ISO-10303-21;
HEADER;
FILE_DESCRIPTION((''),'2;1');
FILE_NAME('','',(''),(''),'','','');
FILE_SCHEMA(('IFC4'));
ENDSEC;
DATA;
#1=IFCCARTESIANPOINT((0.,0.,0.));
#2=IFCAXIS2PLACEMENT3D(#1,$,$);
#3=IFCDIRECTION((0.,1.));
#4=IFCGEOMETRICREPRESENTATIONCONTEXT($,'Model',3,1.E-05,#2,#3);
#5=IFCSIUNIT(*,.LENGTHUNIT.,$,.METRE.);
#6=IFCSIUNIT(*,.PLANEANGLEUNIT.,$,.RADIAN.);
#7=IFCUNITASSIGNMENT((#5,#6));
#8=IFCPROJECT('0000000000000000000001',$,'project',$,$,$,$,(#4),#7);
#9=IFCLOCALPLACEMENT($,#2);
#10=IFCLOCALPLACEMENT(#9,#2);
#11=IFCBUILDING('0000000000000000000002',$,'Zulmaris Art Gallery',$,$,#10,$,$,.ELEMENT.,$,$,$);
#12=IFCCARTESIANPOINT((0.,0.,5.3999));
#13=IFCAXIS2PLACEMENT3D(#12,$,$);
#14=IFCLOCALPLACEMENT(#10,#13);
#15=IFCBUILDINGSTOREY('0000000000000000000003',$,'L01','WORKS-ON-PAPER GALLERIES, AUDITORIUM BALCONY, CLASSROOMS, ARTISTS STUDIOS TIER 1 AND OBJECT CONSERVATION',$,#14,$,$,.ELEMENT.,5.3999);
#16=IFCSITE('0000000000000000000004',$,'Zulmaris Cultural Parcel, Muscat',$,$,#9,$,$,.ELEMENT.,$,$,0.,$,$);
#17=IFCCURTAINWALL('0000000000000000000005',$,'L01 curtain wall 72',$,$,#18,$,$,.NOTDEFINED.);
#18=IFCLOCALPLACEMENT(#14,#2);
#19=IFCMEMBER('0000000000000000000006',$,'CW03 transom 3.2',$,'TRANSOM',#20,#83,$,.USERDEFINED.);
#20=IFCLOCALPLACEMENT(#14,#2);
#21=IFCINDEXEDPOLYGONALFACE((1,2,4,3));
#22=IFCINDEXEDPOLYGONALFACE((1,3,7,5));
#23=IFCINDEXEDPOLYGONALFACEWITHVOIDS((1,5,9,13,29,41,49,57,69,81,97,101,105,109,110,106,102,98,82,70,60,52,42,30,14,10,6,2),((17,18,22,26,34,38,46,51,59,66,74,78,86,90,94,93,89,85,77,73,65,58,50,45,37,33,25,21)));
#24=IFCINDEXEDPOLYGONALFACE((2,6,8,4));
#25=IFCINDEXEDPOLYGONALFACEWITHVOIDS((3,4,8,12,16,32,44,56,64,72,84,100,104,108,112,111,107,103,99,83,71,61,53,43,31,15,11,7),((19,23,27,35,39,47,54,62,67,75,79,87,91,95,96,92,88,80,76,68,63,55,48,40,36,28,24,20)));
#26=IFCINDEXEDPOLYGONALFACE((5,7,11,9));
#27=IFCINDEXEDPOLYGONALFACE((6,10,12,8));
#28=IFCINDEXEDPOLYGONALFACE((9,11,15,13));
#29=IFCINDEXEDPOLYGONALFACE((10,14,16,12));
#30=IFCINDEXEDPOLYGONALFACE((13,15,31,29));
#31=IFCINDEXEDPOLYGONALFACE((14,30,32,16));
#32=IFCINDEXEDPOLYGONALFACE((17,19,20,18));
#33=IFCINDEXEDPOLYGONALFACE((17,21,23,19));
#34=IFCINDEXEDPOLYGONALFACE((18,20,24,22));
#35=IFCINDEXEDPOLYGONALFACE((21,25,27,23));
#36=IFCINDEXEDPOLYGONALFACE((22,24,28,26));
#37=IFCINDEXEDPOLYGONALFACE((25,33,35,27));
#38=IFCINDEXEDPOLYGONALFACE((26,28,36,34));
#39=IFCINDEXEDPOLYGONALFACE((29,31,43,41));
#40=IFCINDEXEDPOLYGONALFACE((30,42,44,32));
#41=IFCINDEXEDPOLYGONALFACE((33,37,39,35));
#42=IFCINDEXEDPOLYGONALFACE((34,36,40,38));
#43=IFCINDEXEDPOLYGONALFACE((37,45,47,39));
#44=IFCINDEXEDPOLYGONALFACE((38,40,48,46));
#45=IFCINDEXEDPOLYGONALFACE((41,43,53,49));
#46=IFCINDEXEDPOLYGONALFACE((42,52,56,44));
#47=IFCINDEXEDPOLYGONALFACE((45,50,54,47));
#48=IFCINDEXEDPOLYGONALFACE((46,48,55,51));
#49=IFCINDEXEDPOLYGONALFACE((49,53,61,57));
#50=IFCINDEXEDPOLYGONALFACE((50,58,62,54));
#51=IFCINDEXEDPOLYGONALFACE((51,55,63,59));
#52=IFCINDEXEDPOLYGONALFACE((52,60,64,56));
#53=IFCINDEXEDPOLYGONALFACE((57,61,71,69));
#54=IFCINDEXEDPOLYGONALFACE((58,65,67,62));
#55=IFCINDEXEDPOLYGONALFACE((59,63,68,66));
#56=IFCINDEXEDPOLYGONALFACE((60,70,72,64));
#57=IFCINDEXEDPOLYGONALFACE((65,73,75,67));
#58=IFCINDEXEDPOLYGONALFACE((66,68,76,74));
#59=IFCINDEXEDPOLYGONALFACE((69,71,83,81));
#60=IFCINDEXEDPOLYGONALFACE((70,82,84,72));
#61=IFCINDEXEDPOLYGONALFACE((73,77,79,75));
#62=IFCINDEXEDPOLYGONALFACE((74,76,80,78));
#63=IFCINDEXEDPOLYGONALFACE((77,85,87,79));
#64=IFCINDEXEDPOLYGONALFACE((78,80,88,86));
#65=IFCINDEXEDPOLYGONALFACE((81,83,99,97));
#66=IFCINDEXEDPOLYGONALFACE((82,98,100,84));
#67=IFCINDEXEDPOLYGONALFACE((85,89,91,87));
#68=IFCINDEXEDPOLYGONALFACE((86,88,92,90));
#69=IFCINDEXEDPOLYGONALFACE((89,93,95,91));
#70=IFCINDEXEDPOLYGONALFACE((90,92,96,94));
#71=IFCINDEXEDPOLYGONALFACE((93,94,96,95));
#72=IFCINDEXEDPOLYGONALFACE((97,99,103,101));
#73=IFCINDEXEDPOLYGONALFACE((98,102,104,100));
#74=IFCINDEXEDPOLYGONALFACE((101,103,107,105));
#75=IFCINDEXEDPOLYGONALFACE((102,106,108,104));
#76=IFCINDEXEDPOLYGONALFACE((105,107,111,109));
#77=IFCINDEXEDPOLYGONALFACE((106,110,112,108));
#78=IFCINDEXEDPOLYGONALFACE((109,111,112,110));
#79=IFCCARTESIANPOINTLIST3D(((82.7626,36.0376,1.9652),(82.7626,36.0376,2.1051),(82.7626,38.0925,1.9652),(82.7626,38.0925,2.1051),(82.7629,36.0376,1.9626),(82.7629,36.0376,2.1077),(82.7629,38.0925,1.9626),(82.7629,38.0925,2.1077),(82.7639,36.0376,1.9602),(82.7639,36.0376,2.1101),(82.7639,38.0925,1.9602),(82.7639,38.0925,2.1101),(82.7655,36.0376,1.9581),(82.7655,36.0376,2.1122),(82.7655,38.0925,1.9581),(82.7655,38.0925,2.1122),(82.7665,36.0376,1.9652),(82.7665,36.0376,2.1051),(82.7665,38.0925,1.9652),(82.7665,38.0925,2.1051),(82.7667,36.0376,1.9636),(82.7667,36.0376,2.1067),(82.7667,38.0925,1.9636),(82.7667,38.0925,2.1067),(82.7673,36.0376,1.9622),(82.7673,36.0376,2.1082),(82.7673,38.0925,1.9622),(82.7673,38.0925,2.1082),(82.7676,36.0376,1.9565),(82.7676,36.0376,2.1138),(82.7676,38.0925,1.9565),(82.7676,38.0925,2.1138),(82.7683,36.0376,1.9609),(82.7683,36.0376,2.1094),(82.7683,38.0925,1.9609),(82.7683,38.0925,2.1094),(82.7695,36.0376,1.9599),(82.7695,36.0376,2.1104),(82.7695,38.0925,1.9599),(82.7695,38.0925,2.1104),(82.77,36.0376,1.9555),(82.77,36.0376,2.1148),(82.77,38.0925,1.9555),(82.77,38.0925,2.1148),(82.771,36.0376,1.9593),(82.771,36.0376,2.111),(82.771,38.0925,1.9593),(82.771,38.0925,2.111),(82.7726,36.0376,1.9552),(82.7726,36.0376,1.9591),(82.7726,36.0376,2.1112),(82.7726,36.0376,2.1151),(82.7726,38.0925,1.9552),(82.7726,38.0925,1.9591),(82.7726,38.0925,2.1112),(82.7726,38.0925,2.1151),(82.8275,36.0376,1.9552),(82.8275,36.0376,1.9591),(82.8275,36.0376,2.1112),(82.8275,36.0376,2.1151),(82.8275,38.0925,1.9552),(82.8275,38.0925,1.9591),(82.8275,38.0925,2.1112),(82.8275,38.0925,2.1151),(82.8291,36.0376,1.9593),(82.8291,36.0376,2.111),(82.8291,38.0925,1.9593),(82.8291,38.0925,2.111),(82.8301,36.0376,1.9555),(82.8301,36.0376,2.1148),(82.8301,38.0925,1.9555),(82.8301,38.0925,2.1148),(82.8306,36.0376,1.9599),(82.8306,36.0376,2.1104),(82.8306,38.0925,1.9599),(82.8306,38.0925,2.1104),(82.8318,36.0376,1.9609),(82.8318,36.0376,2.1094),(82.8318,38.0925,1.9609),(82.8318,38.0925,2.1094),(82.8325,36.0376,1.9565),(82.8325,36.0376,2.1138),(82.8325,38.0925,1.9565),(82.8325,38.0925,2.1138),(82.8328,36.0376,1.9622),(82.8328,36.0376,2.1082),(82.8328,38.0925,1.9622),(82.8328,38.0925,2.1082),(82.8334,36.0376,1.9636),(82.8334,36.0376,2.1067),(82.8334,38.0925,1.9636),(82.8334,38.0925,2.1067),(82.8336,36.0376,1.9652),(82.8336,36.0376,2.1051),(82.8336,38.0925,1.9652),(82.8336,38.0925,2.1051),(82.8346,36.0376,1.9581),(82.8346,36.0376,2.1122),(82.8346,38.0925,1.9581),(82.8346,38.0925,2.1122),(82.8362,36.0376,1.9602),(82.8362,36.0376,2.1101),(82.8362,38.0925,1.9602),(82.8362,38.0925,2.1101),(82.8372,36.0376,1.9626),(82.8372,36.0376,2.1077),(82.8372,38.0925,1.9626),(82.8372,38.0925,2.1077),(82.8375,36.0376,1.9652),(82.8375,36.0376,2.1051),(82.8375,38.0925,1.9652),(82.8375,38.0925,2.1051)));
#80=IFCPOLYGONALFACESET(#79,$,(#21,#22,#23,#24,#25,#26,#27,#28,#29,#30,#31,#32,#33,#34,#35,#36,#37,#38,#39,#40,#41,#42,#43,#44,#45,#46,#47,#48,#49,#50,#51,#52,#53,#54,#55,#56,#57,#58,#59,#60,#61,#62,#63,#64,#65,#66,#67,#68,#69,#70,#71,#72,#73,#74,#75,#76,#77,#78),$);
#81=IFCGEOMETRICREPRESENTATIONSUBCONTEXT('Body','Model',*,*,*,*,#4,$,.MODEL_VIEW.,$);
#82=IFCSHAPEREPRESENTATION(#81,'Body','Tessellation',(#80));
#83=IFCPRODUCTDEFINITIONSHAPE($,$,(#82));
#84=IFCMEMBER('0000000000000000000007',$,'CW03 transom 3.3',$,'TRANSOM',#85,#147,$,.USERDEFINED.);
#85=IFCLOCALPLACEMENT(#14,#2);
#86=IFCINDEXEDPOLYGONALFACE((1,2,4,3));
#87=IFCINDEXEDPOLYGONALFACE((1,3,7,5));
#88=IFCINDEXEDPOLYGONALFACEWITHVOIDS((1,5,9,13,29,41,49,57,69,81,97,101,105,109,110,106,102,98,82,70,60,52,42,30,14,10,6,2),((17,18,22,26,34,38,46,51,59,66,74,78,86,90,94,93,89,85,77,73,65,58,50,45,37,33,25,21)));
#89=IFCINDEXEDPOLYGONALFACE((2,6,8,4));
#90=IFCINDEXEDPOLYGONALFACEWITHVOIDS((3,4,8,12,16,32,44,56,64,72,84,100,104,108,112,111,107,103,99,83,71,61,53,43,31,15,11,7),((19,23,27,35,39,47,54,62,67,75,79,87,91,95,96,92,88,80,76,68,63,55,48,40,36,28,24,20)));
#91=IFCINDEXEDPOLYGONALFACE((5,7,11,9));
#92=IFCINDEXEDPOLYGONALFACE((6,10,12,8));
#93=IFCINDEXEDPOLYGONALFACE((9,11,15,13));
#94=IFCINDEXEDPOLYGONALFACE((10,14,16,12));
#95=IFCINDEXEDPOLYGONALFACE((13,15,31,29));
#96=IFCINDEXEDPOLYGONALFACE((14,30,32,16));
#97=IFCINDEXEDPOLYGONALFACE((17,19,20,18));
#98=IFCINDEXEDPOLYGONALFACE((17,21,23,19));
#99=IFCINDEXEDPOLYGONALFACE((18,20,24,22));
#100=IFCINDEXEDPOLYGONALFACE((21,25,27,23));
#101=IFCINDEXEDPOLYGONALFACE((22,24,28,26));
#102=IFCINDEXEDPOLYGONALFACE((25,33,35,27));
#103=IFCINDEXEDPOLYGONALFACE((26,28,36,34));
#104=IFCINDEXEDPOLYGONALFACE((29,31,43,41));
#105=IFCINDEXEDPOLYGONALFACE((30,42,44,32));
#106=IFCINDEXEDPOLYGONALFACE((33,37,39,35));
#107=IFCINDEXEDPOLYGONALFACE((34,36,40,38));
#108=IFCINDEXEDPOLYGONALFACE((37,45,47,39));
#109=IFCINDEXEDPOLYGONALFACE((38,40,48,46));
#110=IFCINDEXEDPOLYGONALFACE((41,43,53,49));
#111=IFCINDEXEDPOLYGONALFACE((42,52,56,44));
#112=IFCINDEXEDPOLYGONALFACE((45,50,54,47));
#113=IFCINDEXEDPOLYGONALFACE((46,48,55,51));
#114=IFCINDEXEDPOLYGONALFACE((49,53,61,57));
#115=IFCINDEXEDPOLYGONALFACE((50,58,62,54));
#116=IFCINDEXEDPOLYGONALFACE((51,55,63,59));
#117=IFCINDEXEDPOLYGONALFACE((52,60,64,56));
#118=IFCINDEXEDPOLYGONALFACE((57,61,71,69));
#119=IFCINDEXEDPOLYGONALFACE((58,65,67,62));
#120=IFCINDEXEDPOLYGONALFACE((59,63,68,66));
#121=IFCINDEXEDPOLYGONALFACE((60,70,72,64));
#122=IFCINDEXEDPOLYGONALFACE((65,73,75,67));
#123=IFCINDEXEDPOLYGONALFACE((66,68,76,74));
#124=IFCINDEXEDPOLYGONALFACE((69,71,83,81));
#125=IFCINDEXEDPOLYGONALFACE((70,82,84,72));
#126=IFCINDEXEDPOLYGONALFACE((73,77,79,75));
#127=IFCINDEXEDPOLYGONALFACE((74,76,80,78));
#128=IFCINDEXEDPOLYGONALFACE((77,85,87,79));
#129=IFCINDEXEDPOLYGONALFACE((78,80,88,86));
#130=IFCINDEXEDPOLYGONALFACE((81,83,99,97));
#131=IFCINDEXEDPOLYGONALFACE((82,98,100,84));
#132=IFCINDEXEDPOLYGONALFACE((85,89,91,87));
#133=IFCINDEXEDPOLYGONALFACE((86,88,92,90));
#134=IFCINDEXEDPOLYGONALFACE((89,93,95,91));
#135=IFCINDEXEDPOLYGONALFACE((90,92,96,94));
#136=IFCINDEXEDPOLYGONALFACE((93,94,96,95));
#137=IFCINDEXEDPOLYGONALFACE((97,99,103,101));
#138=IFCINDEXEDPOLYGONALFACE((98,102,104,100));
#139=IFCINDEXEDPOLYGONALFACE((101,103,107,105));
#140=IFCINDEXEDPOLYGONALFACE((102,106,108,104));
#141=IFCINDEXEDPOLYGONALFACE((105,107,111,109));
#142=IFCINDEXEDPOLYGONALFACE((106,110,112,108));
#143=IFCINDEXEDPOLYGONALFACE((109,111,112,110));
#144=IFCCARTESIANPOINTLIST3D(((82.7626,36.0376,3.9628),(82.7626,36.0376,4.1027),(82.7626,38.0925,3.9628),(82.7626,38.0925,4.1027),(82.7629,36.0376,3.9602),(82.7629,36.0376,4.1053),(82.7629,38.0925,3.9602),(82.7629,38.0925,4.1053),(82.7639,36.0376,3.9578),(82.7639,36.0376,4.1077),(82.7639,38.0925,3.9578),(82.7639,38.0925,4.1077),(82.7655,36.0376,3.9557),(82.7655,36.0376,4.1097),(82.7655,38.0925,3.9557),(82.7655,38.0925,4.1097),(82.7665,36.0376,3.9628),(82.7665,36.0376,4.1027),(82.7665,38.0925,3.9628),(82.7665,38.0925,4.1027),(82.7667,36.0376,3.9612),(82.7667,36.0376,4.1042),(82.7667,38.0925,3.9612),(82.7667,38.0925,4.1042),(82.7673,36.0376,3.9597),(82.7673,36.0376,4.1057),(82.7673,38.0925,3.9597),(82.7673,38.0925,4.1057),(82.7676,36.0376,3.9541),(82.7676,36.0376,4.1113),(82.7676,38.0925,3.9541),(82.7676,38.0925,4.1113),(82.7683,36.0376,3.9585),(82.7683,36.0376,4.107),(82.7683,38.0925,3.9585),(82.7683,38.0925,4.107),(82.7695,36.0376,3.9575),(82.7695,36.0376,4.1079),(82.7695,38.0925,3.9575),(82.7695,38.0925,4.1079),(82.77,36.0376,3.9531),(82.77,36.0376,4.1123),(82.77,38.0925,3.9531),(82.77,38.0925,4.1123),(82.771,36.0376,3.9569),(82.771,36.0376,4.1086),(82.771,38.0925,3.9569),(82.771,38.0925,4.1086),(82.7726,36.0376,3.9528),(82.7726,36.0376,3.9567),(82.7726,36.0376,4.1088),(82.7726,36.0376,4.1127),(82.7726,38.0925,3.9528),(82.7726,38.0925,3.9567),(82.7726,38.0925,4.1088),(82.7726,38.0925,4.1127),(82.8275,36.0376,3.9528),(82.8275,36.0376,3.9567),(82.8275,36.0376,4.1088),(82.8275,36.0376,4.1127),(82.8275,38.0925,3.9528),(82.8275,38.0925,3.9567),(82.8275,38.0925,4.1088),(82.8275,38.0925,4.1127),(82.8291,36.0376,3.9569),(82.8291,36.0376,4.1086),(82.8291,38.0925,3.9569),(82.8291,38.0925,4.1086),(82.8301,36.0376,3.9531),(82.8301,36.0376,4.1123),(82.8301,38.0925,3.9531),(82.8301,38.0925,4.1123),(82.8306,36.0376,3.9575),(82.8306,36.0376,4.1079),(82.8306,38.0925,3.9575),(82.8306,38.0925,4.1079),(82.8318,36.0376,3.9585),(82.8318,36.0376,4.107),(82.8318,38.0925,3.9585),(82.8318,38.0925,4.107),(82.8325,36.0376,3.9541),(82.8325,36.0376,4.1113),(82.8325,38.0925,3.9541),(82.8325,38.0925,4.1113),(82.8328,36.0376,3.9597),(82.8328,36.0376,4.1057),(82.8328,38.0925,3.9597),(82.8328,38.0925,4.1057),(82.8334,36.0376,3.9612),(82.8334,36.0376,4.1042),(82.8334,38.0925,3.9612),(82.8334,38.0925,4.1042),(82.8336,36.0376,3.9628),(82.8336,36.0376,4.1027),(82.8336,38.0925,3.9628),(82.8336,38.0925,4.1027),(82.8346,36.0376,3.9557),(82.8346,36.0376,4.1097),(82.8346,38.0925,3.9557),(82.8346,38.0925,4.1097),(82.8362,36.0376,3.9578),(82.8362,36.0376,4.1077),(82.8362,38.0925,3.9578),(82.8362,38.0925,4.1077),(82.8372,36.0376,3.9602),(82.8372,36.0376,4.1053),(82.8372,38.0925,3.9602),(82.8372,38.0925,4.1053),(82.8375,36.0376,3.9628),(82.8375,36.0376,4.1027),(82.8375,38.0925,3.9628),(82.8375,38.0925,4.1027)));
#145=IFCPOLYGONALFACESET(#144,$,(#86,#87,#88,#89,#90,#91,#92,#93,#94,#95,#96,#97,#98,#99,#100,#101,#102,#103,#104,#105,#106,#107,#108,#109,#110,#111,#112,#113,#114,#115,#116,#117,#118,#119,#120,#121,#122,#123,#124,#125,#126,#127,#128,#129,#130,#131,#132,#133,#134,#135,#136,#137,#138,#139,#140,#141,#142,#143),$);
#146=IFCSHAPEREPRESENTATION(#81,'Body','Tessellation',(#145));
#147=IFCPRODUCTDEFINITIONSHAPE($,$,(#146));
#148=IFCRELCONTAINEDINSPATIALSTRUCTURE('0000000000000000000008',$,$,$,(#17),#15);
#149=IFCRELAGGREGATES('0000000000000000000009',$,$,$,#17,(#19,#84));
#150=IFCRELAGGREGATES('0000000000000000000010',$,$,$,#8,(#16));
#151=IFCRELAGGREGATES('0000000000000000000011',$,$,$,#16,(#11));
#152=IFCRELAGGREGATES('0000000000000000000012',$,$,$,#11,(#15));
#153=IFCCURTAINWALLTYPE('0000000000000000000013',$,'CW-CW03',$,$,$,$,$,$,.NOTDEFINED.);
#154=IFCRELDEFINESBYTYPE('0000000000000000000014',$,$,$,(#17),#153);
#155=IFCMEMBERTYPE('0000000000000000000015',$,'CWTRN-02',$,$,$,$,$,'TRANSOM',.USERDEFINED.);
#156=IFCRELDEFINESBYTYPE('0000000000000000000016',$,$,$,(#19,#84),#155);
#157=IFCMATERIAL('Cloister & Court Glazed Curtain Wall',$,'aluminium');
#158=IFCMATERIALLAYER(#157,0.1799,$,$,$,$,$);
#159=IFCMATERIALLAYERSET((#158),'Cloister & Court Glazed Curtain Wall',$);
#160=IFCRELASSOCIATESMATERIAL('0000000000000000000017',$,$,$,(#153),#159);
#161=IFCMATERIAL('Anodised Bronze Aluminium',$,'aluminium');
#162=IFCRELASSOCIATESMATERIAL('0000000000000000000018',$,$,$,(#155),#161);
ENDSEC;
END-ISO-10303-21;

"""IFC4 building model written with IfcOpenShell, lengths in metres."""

from ifc_helpers import new_model, si_unit, direction, frame, origin, origin_2d, place, context, subcontext, project, spatial, hollow_rectangle, extrude, material, layer, layer_set, material_profile, profile_set, type_object, element, aggregate, save


model = new_model("IFC4")

# Units and contexts
model_context = context("Model", 3, precision=1e-05, world=origin(), true_north=direction((0.0, 1.0)))
body_context = subcontext(model_context, "Body", "Model", "MODEL_VIEW")
ifc_project = project(units=[si_unit("LENGTHUNIT", "METRE"), si_unit("PLANEANGLEUNIT", "RADIAN")], contexts=[model_context])

# Site, building, storey
site_placement = place(None, origin())
site = spatial("IfcSite", under=ifc_project, at=site_placement, Name="Zulmaris Cultural Parcel, Muscat", CompositionType="ELEMENT", RefElevation=0.0)
building_placement = place(site_placement, origin())
building = spatial("IfcBuilding", under=site, at=building_placement, Name="Zulmaris Art Gallery", CompositionType="ELEMENT")
storey_placement = place(building_placement, frame((0.0, 0.0, 5.3999)))
storey = spatial("IfcBuildingStorey", under=building, at=storey_placement, Name="L01", Description="WORKS-ON-PAPER GALLERIES, AUDITORIUM BALCONY, CLASSROOMS, ARTISTS STUDIOS TIER 1 AND OBJECT CONSERVATION", CompositionType="ELEMENT", Elevation=5.3999)

# Curtain wall, members
ifc_material_1 = material(Name="Cloister & Court Glazed Curtain Wall", Category="aluminium")
ifc_layer_1 = layer(ifc_material_1, 0.1799)
ifc_layer_set_1 = layer_set([ifc_layer_1], Name="Cloister & Court Glazed Curtain Wall")
curtain_wall_type = type_object("IfcCurtainWallType", Name="CW-CW03", PredefinedType="NOTDEFINED", material=ifc_layer_set_1)
curtain_wall_placement = place(storey_placement, origin())
curtain_wall = element("IfcCurtainWall", 1, at=curtain_wall_placement, inside=storey, type_object=curtain_wall_type, Name="L01 curtain wall 72", PredefinedType="NOTDEFINED")
ifc_material_2 = material(Name="Anodised Bronze Aluminium", Category="aluminium")
ifc_material_profile_1 = material_profile(ifc_material_2, hollow_rectangle(XDim=0.075, YDim=0.1599, WallThickness=0.0039, InnerFilletRadius=0.0061, OuterFilletRadius=0.01, at=origin_2d()), Name="ALU 75x160x4")
ifc_profile_set_1 = profile_set([ifc_material_profile_1], Name="Anodised Bronze Aluminium")
member_type_1 = type_object("IfcMemberType", Name="CWTRN-02", ElementType="TRANSOM", PredefinedType="USERDEFINED", material=ifc_profile_set_1)
member_1_placement = place(storey_placement, frame((82.8, 36.0376, 2.0352), z_axis=(0.0, 1.0, 0.0), x_axis=(-1.0, 0.0, 0.0)))
member_1 = element("IfcMember", 2, at=member_1_placement, type_object=member_type_1, Name="CW03 transom 3.2", ObjectType="TRANSOM", PredefinedType="USERDEFINED", context=body_context, shape_type="SweptSolid", body=[
    extrude(hollow_rectangle(XDim=0.075, YDim=0.1599, WallThickness=0.0039, InnerFilletRadius=0.0061, OuterFilletRadius=0.01, at=origin_2d()), origin(), (0.0, 0.0, 1.0), 2.0549),
])
member_2_placement = place(storey_placement, frame((82.8, 36.0376, 4.0327), z_axis=(0.0, 1.0, 0.0), x_axis=(-1.0, 0.0, 0.0)))
member_2 = element("IfcMember", 3, at=member_2_placement, type_object=member_type_1, Name="CW03 transom 3.3", ObjectType="TRANSOM", PredefinedType="USERDEFINED", context=body_context, shape_type="SweptSolid", body=[
    extrude(hollow_rectangle(XDim=0.075, YDim=0.1599, WallThickness=0.0039, InnerFilletRadius=0.0061, OuterFilletRadius=0.01, at=origin_2d()), origin(), (0.0, 0.0, 1.0), 2.0549),
])
aggregate(curtain_wall, [member_1, member_2])

save(model, "model.ifc")
